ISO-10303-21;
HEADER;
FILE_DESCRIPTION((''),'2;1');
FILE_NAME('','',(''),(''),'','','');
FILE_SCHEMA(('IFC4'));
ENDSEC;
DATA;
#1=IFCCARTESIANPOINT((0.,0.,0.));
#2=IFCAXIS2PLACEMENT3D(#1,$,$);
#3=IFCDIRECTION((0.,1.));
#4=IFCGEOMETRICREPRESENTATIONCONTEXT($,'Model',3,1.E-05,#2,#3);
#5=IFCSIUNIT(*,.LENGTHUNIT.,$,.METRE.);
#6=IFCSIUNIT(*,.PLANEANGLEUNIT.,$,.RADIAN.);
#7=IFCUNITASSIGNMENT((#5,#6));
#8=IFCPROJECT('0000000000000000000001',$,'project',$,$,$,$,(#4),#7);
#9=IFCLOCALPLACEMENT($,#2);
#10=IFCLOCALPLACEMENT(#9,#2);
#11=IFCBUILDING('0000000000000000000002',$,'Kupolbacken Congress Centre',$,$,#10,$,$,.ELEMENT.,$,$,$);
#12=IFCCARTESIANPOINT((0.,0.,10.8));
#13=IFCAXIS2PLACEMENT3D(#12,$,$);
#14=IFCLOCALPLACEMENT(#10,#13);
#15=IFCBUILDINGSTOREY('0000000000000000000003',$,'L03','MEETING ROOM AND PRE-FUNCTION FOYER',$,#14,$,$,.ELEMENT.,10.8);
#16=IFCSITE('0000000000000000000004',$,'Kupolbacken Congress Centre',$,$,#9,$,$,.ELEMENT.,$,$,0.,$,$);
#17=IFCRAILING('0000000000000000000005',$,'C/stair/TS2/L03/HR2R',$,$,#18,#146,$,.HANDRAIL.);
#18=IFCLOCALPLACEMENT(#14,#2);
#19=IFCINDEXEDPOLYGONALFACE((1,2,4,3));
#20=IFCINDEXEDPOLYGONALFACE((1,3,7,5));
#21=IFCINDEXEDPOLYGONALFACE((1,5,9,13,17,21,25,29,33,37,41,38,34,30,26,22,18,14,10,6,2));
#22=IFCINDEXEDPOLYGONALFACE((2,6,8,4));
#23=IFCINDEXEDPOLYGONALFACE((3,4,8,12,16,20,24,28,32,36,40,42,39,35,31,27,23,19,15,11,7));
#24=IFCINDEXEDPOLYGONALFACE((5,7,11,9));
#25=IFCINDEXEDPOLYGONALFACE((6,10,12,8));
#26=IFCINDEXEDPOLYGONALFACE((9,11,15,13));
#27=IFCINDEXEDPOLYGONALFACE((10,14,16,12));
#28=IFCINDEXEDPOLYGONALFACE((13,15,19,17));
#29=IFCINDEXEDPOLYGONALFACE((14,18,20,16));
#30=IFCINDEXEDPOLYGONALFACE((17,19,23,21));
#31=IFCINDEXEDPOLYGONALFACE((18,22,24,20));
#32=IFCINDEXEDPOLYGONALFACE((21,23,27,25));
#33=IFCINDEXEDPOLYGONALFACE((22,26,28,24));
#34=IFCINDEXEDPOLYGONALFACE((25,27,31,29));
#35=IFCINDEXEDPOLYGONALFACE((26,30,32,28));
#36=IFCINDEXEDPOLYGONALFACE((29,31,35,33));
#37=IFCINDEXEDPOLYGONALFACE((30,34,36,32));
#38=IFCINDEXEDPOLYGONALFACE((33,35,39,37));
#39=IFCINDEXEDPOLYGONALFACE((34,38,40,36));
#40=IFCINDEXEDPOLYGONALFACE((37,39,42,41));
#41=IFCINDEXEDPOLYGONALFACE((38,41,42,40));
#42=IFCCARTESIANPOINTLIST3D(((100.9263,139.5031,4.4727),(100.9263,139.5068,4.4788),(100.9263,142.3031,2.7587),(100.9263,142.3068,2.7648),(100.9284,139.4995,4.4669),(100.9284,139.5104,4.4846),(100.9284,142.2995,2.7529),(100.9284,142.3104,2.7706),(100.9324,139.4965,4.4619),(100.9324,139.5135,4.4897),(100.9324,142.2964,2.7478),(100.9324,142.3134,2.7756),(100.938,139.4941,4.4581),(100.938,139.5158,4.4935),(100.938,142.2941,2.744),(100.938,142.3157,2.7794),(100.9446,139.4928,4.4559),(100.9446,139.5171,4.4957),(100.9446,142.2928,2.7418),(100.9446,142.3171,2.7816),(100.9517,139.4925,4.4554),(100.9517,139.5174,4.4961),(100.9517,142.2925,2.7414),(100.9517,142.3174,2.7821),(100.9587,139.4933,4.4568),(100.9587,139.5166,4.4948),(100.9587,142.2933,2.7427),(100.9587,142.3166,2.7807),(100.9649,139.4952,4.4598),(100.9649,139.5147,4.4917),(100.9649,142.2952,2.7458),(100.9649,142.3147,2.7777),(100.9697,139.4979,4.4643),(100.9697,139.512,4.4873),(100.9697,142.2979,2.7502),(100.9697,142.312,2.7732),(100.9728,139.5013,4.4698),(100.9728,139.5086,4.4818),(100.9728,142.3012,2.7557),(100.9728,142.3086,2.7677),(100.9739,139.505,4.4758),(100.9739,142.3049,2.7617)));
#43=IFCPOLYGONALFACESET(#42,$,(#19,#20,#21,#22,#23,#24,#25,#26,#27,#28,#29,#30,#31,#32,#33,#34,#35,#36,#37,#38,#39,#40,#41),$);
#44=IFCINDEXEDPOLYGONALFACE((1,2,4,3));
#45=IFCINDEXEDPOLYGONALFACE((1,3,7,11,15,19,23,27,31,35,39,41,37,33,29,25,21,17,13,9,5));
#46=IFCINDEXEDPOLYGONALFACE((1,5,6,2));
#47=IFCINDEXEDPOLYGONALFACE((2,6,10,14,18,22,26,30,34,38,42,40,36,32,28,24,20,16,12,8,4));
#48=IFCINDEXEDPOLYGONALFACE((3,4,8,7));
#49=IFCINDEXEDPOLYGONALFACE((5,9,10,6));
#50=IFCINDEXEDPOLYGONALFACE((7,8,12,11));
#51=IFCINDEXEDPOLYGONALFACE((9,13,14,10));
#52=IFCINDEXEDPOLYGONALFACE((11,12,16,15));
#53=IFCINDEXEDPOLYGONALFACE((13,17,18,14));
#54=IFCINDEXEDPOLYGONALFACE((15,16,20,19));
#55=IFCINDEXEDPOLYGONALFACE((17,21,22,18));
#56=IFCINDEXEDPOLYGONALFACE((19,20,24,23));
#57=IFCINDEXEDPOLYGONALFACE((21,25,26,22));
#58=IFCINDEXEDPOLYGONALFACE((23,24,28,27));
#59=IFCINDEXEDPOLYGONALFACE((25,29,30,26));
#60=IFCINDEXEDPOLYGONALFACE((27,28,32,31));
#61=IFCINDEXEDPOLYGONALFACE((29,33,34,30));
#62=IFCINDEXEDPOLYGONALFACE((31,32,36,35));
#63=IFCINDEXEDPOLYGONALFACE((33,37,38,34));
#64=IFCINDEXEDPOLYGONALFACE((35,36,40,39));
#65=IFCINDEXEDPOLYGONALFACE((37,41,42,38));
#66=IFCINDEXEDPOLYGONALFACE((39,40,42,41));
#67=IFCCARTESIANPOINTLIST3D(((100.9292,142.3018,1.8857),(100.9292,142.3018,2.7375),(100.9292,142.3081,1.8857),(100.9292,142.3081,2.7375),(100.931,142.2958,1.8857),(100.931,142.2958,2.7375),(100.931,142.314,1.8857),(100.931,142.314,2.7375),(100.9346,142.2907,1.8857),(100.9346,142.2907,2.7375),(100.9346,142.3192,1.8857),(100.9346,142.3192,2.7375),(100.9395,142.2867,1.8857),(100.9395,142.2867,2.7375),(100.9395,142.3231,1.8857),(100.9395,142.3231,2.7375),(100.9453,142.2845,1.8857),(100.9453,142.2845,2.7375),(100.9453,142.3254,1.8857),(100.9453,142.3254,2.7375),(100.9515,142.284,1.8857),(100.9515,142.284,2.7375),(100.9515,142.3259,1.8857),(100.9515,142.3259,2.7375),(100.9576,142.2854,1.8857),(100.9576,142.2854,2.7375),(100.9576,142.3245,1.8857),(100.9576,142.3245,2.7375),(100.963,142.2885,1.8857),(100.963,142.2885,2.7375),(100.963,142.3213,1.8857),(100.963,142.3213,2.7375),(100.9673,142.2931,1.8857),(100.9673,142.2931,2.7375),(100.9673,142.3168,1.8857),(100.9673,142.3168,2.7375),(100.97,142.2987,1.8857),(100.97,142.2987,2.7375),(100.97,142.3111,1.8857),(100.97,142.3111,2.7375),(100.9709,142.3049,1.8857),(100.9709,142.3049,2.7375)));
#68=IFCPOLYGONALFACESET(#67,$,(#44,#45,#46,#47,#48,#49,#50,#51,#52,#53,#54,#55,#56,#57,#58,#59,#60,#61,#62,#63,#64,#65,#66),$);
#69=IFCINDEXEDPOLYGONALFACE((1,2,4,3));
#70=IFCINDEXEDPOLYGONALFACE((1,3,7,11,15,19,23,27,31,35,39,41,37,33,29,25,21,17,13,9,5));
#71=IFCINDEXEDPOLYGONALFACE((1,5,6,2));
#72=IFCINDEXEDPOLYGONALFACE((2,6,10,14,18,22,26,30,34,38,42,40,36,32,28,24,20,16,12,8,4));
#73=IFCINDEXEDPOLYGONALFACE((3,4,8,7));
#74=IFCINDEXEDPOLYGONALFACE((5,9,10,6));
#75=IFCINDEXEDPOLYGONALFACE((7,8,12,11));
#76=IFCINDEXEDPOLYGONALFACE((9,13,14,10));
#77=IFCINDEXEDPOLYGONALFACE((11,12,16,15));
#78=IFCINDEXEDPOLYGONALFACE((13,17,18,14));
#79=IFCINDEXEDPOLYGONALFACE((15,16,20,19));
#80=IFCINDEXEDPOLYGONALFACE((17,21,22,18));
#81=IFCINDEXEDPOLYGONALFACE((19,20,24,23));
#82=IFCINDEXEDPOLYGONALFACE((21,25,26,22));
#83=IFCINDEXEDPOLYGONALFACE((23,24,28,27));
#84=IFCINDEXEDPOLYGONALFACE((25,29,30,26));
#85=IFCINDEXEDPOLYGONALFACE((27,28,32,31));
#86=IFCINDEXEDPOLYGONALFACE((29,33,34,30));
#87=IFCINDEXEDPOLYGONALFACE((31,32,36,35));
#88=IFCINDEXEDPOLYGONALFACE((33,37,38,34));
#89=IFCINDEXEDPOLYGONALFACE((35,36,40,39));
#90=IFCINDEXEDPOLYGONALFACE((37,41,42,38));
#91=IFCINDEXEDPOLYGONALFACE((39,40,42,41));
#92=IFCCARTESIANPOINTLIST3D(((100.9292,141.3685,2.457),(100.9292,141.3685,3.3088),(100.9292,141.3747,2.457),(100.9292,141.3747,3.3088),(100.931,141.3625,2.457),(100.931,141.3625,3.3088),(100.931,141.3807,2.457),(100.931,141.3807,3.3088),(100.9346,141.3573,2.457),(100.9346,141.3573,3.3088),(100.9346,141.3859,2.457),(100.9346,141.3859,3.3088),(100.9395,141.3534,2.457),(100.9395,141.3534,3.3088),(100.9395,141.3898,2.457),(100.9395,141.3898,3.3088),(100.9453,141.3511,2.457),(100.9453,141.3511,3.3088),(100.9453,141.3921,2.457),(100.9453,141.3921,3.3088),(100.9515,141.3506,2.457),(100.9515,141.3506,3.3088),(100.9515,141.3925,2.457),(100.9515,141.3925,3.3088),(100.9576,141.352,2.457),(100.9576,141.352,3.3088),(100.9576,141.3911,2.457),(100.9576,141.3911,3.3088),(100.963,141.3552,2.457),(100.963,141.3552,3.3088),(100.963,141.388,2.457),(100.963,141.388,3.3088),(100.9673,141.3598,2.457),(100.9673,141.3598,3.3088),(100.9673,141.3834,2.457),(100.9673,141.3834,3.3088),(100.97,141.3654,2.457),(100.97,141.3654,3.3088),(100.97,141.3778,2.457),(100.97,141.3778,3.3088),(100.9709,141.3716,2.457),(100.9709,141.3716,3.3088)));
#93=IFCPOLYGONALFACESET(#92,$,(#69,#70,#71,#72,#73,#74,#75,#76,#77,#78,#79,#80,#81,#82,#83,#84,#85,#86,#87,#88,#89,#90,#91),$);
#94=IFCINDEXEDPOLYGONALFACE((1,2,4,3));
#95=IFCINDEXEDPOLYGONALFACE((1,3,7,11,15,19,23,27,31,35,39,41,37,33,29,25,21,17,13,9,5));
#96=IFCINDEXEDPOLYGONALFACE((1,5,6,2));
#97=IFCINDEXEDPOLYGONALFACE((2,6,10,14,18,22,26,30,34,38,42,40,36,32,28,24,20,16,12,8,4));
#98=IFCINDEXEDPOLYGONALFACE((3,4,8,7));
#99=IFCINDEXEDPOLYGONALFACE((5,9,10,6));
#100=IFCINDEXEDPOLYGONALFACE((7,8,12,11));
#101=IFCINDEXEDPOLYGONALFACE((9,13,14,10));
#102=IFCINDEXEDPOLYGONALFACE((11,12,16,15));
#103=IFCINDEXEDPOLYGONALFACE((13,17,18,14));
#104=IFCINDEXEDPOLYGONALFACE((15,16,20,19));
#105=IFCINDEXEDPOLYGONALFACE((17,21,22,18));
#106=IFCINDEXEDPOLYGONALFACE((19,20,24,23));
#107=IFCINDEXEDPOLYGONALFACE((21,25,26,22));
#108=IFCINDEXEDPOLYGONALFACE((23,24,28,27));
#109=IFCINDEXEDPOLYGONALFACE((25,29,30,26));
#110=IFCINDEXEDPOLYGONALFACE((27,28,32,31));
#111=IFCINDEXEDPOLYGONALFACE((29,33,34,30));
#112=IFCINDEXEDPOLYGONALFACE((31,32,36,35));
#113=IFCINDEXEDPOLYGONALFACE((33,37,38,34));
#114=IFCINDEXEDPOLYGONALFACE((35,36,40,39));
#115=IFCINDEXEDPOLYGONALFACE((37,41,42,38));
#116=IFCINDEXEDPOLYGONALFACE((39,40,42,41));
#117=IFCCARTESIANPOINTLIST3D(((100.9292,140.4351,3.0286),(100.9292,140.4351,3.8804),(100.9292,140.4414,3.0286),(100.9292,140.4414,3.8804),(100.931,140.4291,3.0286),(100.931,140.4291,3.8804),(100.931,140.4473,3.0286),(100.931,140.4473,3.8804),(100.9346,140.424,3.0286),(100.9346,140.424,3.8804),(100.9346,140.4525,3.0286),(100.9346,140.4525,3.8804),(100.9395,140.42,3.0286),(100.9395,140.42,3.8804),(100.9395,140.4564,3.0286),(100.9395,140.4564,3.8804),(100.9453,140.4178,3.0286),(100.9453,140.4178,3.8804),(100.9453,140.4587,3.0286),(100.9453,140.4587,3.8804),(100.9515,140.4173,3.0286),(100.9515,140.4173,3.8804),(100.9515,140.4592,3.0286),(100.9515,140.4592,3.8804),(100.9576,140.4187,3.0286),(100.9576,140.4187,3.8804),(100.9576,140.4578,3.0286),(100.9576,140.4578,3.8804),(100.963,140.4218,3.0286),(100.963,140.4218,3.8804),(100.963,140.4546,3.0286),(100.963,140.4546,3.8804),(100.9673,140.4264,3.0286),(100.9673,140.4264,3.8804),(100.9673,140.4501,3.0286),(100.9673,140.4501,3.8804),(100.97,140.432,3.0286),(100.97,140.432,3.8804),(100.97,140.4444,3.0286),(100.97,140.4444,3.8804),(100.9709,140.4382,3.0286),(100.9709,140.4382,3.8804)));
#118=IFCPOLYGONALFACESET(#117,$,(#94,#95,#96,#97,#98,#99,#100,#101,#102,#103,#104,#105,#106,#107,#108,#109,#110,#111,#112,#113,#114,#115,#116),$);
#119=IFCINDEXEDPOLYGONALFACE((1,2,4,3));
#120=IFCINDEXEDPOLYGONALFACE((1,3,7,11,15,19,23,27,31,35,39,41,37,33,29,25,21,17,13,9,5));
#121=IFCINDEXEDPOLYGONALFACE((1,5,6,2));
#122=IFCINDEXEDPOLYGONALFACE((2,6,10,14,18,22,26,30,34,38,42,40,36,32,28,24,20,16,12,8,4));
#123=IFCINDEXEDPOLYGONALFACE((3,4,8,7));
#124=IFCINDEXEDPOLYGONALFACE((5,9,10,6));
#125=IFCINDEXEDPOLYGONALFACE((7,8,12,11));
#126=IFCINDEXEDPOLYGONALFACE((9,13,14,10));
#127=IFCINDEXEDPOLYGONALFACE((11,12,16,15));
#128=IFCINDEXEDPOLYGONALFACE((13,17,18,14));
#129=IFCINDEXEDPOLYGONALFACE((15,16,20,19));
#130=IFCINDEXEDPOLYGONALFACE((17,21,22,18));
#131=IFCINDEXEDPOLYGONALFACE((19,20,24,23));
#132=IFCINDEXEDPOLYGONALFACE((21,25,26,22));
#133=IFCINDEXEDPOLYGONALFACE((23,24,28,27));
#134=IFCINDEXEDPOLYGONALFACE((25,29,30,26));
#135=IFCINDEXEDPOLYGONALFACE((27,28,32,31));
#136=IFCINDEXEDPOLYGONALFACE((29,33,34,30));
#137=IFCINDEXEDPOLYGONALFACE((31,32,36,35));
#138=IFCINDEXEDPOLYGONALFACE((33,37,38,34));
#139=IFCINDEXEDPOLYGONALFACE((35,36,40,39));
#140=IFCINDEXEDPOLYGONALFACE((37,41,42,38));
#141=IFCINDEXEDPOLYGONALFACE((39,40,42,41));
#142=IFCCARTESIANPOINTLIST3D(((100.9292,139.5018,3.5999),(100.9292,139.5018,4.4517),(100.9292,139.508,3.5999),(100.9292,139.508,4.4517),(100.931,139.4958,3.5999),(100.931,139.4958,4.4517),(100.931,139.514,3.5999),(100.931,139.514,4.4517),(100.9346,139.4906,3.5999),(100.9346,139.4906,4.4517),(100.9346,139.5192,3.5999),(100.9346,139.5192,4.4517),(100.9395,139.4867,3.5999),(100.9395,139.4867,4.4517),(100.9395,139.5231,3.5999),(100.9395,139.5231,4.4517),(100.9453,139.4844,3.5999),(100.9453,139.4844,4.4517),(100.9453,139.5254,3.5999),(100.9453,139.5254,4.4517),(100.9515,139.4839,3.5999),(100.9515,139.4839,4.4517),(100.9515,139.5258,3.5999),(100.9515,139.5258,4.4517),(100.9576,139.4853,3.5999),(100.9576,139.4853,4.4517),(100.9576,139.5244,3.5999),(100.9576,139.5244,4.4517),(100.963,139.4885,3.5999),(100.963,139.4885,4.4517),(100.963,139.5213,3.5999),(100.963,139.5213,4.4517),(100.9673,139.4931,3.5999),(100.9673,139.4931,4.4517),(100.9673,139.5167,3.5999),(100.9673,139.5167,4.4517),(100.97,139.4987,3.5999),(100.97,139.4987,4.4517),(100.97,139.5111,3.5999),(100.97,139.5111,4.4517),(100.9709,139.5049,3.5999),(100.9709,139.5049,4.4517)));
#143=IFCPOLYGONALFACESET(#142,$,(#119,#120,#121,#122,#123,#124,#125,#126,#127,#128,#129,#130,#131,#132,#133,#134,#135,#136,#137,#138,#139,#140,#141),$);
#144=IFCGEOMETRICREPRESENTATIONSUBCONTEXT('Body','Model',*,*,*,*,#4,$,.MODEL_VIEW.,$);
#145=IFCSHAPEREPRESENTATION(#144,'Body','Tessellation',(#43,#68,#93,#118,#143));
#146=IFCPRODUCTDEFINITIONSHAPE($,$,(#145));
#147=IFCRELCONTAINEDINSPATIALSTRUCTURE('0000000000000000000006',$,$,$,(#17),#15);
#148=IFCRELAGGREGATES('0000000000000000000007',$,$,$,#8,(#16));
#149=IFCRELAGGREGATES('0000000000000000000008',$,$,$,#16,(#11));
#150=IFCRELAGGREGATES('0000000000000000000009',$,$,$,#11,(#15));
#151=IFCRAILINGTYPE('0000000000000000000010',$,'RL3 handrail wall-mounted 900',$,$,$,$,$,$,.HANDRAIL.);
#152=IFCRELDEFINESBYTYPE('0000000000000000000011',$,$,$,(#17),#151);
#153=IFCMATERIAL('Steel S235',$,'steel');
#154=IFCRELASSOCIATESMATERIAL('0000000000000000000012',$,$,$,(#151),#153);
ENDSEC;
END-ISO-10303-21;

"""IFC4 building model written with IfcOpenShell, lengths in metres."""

from ifc_helpers import new_model, si_unit, direction, frame, origin, origin_2d, place, context, subcontext, project, spatial, circle, extrude, material, type_object, element, save


model = new_model("IFC4")

# Units and contexts
model_context = context("Model", 3, precision=1e-05, world=origin(), true_north=direction((0.0, 1.0)))
body_context = subcontext(model_context, "Body", "Model", "MODEL_VIEW")
ifc_project = project(units=[si_unit("LENGTHUNIT", "METRE"), si_unit("PLANEANGLEUNIT", "RADIAN")], contexts=[model_context])

# Site, building, storey
site_placement = place(None, origin())
site = spatial("IfcSite", under=ifc_project, at=site_placement, Name="Kupolbacken Congress Centre", CompositionType="ELEMENT", RefElevation=0.0)
building_placement = place(site_placement, origin())
building = spatial("IfcBuilding", under=site, at=building_placement, Name="Kupolbacken Congress Centre", CompositionType="ELEMENT")
storey_placement = place(building_placement, frame((0.0, 0.0, 10.8)))
storey = spatial("IfcBuildingStorey", under=building, at=storey_placement, Name="L03", Description="MEETING ROOM AND PRE-FUNCTION FOYER", CompositionType="ELEMENT", Elevation=10.8)

# Railing
ifc_material_1 = material(Name="Steel S235", Category="steel")
railing_type = type_object("IfcRailingType", Name="RL3 handrail wall-mounted 900", PredefinedType="HANDRAIL", material=ifc_material_1)
for number, where, name in (
    (1, (100.95, 142.3049, 1.8857), "C/stair/TS2/L03/HR2R"),
):
    element("IfcRailing", number, at=place(storey_placement, frame(where)), inside=storey, type_object=railing_type, Name=name, PredefinedType="HANDRAIL", context=body_context, shape_type="SweptSolid", body=[
        extrude(circle(Radius=0.0239, at=origin_2d()), frame((0.0, 0.0, 0.876), z_axis=(0.0, -0.852879, 0.522109), x_axis=(1.0, 0.0, 0.0)), (0.0, 0.0, 1.0), 3.283),
        extrude(circle(Radius=0.021, at=origin_2d()), origin(), (0.0, 0.0, 1.0), 0.8518),
        extrude(circle(Radius=0.021, at=origin_2d()), frame((0.0, -0.9333, 0.5713)), (0.0, 0.0, 1.0), 0.8518),
        extrude(circle(Radius=0.021, at=origin_2d()), frame((0.0, -1.8667, 1.1428)), (0.0, 0.0, 1.0), 0.8518),
        extrude(circle(Radius=0.021, at=origin_2d()), frame((0.0, -2.8, 1.7141)), (0.0, 0.0, 1.0), 0.8518),
    ])

save(model, "model.ifc")
